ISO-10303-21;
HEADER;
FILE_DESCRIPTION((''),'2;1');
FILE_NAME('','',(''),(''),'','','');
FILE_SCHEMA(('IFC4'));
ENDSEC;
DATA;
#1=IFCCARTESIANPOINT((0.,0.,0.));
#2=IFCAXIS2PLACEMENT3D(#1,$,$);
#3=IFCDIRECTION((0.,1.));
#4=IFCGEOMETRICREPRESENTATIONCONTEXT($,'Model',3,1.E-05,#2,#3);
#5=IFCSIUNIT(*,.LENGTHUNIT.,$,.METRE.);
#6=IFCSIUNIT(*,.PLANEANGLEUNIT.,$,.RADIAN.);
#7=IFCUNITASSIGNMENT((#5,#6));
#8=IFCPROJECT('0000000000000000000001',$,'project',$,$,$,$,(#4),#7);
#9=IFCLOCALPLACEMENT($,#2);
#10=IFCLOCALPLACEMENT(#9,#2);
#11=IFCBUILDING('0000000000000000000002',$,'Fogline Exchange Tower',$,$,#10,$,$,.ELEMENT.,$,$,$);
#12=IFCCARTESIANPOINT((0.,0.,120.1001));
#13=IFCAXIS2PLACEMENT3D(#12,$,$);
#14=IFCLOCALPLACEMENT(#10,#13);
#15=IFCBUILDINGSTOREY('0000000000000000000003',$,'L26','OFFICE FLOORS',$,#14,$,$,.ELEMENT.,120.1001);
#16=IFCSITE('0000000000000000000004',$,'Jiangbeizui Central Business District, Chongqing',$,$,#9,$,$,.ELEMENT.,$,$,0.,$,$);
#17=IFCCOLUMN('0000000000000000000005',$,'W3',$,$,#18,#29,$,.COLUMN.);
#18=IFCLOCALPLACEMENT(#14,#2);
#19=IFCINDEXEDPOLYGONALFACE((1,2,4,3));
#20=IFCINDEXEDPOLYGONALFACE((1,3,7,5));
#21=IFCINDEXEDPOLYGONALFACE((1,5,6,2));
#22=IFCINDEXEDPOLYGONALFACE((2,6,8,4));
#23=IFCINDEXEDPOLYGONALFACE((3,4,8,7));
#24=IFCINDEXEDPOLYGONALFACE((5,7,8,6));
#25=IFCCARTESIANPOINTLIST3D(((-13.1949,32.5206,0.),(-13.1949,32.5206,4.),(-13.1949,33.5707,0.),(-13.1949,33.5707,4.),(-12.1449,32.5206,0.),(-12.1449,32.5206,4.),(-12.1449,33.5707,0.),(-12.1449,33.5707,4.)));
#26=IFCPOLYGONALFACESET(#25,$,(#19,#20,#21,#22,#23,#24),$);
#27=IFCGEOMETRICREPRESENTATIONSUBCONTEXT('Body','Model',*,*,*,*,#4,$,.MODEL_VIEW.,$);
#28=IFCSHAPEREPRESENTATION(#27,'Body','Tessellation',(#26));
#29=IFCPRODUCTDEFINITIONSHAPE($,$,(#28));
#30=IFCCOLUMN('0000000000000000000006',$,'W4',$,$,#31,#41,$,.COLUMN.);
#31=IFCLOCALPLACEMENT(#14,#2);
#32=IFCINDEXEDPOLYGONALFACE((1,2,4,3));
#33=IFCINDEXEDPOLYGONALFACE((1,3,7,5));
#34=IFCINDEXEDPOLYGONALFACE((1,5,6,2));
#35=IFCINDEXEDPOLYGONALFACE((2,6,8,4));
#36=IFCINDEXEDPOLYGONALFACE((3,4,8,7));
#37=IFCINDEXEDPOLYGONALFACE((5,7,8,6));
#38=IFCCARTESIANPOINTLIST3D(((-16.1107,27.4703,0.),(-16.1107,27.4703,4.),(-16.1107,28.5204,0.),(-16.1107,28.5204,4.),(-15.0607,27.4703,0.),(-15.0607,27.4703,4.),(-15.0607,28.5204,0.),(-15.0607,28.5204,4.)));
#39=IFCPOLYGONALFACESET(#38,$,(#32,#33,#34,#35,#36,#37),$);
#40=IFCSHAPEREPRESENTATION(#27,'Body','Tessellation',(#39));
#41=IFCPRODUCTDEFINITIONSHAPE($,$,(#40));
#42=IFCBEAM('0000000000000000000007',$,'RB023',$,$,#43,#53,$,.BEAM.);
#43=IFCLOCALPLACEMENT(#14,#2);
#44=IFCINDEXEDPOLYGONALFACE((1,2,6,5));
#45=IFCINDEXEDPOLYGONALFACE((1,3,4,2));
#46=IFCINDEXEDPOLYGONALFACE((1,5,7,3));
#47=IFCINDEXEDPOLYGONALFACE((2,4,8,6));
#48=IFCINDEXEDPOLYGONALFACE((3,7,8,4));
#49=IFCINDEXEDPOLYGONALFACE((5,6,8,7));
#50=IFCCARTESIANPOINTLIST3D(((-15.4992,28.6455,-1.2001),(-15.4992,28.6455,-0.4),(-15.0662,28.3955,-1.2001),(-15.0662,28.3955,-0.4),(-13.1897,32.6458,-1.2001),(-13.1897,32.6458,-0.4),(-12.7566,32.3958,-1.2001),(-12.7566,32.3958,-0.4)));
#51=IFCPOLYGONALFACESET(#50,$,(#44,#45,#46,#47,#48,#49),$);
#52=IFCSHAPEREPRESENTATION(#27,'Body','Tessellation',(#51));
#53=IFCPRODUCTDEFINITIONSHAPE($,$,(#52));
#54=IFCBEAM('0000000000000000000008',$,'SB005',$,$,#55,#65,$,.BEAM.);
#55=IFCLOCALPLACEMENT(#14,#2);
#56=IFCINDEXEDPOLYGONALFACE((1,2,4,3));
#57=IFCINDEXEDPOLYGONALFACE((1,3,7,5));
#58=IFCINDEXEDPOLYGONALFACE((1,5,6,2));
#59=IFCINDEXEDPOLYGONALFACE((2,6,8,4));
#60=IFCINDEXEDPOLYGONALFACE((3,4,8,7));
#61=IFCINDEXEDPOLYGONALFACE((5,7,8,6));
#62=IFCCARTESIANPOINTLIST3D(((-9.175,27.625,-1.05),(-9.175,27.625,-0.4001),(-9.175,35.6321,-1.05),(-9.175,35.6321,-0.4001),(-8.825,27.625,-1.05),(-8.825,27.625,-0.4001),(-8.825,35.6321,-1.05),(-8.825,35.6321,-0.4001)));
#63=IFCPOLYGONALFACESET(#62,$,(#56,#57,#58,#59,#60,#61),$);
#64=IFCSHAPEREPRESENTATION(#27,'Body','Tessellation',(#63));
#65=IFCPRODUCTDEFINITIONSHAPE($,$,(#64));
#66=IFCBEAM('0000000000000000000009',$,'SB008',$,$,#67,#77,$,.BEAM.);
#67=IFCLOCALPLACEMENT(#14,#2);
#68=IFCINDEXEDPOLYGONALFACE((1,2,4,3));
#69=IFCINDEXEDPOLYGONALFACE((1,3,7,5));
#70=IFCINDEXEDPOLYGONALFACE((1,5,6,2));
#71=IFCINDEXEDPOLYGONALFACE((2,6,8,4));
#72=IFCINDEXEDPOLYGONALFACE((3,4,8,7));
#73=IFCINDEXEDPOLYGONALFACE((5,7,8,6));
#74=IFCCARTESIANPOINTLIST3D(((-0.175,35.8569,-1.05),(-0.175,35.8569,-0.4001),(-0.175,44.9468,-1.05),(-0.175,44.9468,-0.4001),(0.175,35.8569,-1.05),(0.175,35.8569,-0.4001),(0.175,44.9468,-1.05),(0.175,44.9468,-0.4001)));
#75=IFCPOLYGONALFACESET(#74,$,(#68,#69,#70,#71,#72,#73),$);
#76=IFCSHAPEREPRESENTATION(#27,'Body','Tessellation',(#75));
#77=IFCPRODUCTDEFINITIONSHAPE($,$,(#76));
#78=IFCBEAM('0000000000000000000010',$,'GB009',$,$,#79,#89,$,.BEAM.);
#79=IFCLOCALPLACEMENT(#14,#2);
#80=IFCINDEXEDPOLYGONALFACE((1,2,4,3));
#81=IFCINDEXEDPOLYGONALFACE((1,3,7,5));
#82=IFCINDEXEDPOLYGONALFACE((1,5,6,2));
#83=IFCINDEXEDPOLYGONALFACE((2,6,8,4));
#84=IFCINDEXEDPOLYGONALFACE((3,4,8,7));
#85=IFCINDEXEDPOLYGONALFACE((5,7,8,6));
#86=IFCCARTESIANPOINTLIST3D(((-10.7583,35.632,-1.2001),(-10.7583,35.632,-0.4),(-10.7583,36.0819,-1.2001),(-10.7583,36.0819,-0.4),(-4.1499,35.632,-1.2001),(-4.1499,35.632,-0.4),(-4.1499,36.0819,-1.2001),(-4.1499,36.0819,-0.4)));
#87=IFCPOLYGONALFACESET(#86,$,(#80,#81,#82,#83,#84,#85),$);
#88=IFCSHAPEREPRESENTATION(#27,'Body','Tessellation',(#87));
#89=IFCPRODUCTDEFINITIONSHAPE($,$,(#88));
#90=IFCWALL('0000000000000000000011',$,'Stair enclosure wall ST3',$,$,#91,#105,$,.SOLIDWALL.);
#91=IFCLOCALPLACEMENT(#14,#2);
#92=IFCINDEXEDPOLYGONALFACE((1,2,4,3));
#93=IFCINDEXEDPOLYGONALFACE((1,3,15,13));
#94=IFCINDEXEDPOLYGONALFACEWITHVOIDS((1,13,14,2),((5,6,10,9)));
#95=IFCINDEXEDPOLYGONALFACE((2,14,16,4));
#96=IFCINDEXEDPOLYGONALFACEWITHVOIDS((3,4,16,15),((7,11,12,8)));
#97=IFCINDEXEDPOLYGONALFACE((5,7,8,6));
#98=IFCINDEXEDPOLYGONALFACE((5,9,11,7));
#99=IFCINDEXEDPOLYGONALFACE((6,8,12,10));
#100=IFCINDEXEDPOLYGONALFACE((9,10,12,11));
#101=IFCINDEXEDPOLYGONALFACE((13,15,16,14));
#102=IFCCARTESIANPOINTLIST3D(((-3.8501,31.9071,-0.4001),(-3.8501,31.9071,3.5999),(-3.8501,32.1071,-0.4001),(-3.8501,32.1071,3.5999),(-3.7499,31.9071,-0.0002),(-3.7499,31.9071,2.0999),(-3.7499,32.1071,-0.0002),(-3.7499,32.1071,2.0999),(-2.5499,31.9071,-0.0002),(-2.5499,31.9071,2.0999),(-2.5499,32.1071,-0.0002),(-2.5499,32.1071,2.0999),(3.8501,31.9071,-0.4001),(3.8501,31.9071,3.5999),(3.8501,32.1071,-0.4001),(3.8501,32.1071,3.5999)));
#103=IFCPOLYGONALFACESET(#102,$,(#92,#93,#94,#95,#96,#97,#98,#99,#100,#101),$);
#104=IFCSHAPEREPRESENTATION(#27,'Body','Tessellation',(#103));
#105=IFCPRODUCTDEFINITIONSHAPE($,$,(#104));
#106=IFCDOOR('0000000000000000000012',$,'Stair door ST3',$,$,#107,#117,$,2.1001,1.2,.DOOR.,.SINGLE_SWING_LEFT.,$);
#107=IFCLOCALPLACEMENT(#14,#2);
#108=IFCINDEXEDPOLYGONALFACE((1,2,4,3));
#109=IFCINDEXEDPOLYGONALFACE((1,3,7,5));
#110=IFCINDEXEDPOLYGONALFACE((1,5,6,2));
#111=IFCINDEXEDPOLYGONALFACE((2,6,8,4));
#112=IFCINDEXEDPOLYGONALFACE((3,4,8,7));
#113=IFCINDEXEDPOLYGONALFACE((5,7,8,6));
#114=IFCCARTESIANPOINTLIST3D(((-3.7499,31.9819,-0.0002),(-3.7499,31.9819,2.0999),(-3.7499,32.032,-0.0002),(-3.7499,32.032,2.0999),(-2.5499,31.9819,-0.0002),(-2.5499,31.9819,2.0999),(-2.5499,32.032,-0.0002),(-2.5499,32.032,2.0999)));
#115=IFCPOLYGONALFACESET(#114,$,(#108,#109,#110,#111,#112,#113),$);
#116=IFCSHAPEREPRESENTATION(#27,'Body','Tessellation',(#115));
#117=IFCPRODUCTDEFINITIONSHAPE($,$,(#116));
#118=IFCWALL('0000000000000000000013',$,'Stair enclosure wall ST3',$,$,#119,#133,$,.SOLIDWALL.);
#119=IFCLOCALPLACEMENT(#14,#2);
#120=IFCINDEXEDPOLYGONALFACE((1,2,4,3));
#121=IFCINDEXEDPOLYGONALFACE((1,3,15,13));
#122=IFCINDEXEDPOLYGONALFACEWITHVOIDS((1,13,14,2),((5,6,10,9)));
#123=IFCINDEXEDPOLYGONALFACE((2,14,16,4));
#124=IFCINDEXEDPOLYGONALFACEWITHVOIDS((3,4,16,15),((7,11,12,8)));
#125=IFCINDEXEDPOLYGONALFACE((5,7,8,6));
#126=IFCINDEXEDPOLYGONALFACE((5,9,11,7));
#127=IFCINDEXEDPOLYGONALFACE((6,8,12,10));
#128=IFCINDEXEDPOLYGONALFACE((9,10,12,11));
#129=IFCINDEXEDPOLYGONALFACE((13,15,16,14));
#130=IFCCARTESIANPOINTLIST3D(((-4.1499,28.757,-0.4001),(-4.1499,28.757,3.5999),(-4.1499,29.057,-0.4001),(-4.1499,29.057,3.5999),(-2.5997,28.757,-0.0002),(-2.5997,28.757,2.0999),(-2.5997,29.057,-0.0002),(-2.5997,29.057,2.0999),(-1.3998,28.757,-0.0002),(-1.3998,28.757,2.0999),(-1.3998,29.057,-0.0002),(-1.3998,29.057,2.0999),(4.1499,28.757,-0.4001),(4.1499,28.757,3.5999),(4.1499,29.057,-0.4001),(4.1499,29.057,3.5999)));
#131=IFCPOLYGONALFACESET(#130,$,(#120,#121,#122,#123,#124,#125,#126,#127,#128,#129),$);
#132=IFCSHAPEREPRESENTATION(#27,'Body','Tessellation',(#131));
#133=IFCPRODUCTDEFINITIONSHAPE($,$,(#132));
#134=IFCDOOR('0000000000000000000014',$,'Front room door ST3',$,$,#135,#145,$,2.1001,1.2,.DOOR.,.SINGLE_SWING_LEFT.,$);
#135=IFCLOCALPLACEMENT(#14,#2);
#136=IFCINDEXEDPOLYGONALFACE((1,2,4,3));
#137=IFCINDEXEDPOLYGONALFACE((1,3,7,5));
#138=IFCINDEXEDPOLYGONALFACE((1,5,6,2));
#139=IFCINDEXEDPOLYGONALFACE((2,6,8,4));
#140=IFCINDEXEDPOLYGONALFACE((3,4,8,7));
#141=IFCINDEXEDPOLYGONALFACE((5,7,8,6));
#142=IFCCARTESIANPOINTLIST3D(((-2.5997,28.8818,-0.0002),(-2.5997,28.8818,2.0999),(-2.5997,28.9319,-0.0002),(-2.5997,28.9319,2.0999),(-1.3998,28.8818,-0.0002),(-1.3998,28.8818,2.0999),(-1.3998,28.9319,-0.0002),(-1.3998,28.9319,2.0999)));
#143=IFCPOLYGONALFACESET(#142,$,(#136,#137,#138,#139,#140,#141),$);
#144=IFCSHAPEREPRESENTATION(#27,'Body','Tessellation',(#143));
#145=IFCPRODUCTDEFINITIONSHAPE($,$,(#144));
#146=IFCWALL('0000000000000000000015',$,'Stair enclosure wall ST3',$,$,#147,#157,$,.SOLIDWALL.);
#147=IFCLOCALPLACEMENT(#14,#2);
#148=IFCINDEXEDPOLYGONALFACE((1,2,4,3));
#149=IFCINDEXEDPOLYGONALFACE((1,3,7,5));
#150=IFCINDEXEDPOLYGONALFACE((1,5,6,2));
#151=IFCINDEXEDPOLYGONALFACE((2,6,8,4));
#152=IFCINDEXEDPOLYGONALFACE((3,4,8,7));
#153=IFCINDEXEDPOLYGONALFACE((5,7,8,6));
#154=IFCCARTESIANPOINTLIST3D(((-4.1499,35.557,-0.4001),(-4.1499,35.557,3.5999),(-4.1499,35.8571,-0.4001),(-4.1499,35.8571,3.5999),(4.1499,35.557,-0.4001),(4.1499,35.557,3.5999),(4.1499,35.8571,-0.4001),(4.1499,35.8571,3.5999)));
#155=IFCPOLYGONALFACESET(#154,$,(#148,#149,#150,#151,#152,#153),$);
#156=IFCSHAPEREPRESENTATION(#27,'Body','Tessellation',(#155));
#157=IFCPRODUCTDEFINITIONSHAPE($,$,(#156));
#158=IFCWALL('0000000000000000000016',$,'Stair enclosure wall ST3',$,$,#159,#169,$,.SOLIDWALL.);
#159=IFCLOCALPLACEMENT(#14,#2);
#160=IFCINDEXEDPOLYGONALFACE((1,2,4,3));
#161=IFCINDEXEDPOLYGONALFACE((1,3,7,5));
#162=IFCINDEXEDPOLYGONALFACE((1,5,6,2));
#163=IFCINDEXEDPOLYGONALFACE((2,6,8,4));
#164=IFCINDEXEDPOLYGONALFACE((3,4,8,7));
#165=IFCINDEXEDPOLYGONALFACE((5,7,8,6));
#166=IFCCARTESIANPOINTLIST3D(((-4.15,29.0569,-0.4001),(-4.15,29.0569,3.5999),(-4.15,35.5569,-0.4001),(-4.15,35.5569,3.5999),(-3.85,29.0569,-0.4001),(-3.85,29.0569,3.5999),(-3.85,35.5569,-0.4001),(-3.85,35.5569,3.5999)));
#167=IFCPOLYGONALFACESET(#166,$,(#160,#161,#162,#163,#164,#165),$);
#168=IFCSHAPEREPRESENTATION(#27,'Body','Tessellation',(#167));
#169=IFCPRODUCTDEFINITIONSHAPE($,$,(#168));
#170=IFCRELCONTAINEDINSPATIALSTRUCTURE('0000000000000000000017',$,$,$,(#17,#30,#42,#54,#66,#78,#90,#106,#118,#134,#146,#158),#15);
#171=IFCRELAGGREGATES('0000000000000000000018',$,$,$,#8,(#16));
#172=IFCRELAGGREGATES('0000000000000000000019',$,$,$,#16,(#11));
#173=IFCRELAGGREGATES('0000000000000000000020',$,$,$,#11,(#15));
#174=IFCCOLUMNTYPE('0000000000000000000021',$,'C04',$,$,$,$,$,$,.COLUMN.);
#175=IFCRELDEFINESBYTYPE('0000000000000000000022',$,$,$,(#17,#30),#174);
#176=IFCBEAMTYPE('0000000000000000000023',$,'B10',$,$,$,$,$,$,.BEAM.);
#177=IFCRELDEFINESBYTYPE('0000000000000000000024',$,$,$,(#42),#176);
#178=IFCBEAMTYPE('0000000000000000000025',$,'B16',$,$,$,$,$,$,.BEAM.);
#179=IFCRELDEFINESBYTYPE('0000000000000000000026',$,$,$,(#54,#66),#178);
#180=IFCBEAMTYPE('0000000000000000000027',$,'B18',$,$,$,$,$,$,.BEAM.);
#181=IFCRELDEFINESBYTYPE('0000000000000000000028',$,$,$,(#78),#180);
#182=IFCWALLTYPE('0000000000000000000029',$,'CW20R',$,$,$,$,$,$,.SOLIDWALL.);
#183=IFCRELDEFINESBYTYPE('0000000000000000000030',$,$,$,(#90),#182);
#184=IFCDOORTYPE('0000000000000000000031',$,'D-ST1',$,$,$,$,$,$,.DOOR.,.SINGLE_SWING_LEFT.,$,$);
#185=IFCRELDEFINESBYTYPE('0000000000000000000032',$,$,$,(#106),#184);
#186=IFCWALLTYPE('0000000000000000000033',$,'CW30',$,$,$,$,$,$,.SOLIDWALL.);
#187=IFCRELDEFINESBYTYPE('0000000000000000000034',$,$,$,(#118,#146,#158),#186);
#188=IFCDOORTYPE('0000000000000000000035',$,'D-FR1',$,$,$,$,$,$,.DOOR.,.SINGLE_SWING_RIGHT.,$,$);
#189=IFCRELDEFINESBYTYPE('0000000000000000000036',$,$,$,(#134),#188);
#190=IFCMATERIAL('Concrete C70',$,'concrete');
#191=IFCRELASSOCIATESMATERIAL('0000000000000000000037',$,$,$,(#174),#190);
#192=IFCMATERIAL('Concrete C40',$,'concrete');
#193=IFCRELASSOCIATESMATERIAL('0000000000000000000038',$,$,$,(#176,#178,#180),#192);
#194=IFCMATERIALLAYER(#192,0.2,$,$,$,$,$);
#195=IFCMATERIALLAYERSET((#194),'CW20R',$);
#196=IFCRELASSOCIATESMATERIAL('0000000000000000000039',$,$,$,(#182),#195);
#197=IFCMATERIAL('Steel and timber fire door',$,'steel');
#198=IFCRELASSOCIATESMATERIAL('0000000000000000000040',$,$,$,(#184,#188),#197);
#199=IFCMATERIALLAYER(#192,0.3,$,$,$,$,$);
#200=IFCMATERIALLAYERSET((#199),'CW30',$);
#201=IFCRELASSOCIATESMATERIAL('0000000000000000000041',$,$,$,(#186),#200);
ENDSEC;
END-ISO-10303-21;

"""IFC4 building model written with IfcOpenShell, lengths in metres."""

from ifc_helpers import new_model, si_unit, direction, frame, frame_2d, origin, origin_2d, place, context, subcontext, project, spatial, rectangle, extrude, material, layer, layer_set, material_profile, profile_set, type_object, element, fill, save


model = new_model("IFC4")

# Units and contexts
model_context = context("Model", 3, precision=1e-05, world=origin(), true_north=direction((0.0, 1.0)))
body_context = subcontext(model_context, "Body", "Model", "MODEL_VIEW")
ifc_project = project(units=[si_unit("LENGTHUNIT", "METRE"), si_unit("PLANEANGLEUNIT", "RADIAN")], contexts=[model_context])

# Site, building, storey
site_placement = place(None, origin())
site = spatial("IfcSite", under=ifc_project, at=site_placement, Name="Jiangbeizui Central Business District, Chongqing", CompositionType="ELEMENT", RefElevation=0.0)
building_placement = place(site_placement, origin())
building = spatial("IfcBuilding", under=site, at=building_placement, Name="Fogline Exchange Tower", CompositionType="ELEMENT")
storey_placement = place(building_placement, frame((0.0, 0.0, 120.1001)))
storey = spatial("IfcBuildingStorey", under=building, at=storey_placement, Name="L26", Description="OFFICE FLOORS", CompositionType="ELEMENT", Elevation=120.1001)

# Columns
ifc_material_1 = material(Name="Concrete C70", Category="concrete")
ifc_material_profile_1 = material_profile(ifc_material_1, rectangle(XDim=1.05, YDim=1.05, at=origin_2d()), Name="RC 1050x1050")
ifc_profile_set_1 = profile_set([ifc_material_profile_1], Name="Concrete C70")
column_type = type_object("IfcColumnType", Name="C04", PredefinedType="COLUMN", material=ifc_profile_set_1)
for number, where, z_axis, x_axis, name in (
    (1, (-12.6699, 33.0457, 0.0), (0.0, 0.0, 1.0), (1.0, 0.0, 0.0), "W3"),
    (2, (-15.5857, 27.9954, 0.0), (0.0, 0.0, 1.0), (1.0, 0.0, 0.0), "W4"),
):
    element("IfcColumn", number, at=place(storey_placement, frame(where, z_axis=z_axis, x_axis=x_axis)), inside=storey, type_object=column_type, Name=name, PredefinedType="COLUMN", context=body_context, shape_type="SweptSolid", body=[
        extrude(rectangle(XDim=1.05, YDim=1.05, at=origin_2d()), origin(), (0.0, 0.0, 1.0), 4.0),
    ])

# Beams
ifc_material_2 = material(Name="Concrete C40", Category="concrete")
ifc_material_profile_2 = material_profile(ifc_material_2, rectangle(XDim=0.5, YDim=0.8, at=origin_2d()), Name="RC 500x800")
ifc_profile_set_2 = profile_set([ifc_material_profile_2], Name="Concrete C40")
beam_type_1 = type_object("IfcBeamType", Name="B10", PredefinedType="BEAM", material=ifc_profile_set_2)
beam_1_placement = place(storey_placement, frame((-12.9731, 32.5208, -0.8), z_axis=(-0.500005, -0.866023, 0.0), x_axis=(0.866023, -0.500005, 0.0)))
element("IfcBeam", 3, at=beam_1_placement, inside=storey, type_object=beam_type_1, Name="RB023", PredefinedType="BEAM", context=body_context, shape_type="SweptSolid", body=[
    extrude(rectangle(XDim=0.5, YDim=0.8, at=origin_2d()), origin(), (0.0, 0.0, 1.0), 4.6191),
])
ifc_material_profile_3 = material_profile(ifc_material_2, rectangle(XDim=0.3501, YDim=0.6499, at=origin_2d()), Name="RC 350x650")
ifc_profile_set_3 = profile_set([ifc_material_profile_3], Name="Concrete C40")
beam_type_2 = type_object("IfcBeamType", Name="B16", PredefinedType="BEAM", material=ifc_profile_set_3)
beam_2_placement = place(storey_placement, frame((-9.0, 27.625, -0.7251), z_axis=(0.0, 1.0, 0.0), x_axis=(-1.0, 0.0, 0.0)))
element("IfcBeam", 4, at=beam_2_placement, inside=storey, type_object=beam_type_2, Name="SB005", PredefinedType="BEAM", context=body_context, shape_type="SweptSolid", body=[
    extrude(rectangle(XDim=0.3501, YDim=0.6499, at=origin_2d()), origin(), (0.0, 0.0, 1.0), 8.0071),
])
beam_3_placement = place(storey_placement, frame((0.0, 35.8569, -0.7251), z_axis=(0.0, 1.0, 0.0), x_axis=(-1.0, 0.0, 0.0)))
element("IfcBeam", 5, at=beam_3_placement, inside=storey, type_object=beam_type_2, Name="SB008", PredefinedType="BEAM", context=body_context, shape_type="SweptSolid", body=[
    extrude(rectangle(XDim=0.3501, YDim=0.6499, at=origin_2d()), origin(), (0.0, 0.0, 1.0), 9.0898),
])
ifc_material_profile_4 = material_profile(ifc_material_2, rectangle(XDim=0.45, YDim=0.8, at=origin_2d()), Name="RC 450x800")
ifc_profile_set_4 = profile_set([ifc_material_profile_4], Name="Concrete C40")
beam_type_3 = type_object("IfcBeamType", Name="B18", PredefinedType="BEAM", material=ifc_profile_set_4)
beam_4_placement = place(storey_placement, frame((-10.7583, 35.8569, -0.8), z_axis=(1.0, 0.0, 0.0), x_axis=(0.0, 1.0, 0.0)))
element("IfcBeam", 6, at=beam_4_placement, inside=storey, type_object=beam_type_3, Name="GB009", PredefinedType="BEAM", context=body_context, shape_type="SweptSolid", body=[
    extrude(rectangle(XDim=0.45, YDim=0.8, at=origin_2d()), origin(), (0.0, 0.0, 1.0), 6.6084),
])

# Walls, openings, doors
ifc_layer_1 = layer(ifc_material_2, 0.2)
ifc_layer_set_1 = layer_set([ifc_layer_1], Name="CW20R")
wall_type_1 = type_object("IfcWallType", Name="CW20R", PredefinedType="SOLIDWALL", material=ifc_layer_set_1)
wall_1_placement = place(storey_placement, frame((-3.8501, 32.0071, -0.4001), z_axis=(0.0, 0.0, 1.0), x_axis=(1.0, 0.0, 0.0)))
wall_1 = element("IfcWall", 7, at=wall_1_placement, inside=storey, type_object=wall_type_1, Name="Stair enclosure wall ST3", PredefinedType="SOLIDWALL", context=body_context, shape_type="SweptSolid", body=[
    extrude(rectangle(XDim=7.7002, YDim=0.2, at=frame_2d((3.8501, 0.0))), origin(), (0.0, 0.0, 1.0), 4.0),
])
opening_1_placement = place(wall_1_placement, frame((0.1001, 0.0, 0.3999)))
opening_1 = element("IfcOpeningElement", 8, at=opening_1_placement, cuts=wall_1, PredefinedType="OPENING", context=body_context, shape_type="SweptSolid", body=[
    extrude(rectangle(XDim=1.2, YDim=2.1001, at=frame_2d((0.6001, 1.05))), frame((0.0, 0.1099, 0.0), z_axis=(0.0, -1.0, 0.0), x_axis=(1.0, 0.0, 0.0)), (0.0, 0.0, 1.0), 0.22),
])
ifc_material_3 = material(Name="Steel and timber fire door", Category="steel")
door_type_1 = type_object("IfcDoorType", Name="D-ST1", OperationType="SINGLE_SWING_LEFT", PredefinedType="DOOR", material=ifc_material_3)
door_1_placement = place(opening_1_placement, origin())
door_1 = element("IfcDoor", 9, at=door_1_placement, inside=storey, type_object=door_type_1, Name="Stair door ST3", OperationType="SINGLE_SWING_LEFT", OverallHeight=2.1001, OverallWidth=1.2, PredefinedType="DOOR", context=body_context, shape_type="SweptSolid", body=[
    extrude(rectangle(XDim=1.2, YDim=2.1001, at=frame_2d((0.6001, 1.05))), frame((0.0, 0.0249, 0.0), z_axis=(0.0, -1.0, 0.0), x_axis=(1.0, 0.0, 0.0)), (0.0, 0.0, 1.0), 0.05),
])
fill(opening_1, door_1)
ifc_layer_2 = layer(ifc_material_2, 0.3)
ifc_layer_set_2 = layer_set([ifc_layer_2], Name="CW30")
wall_type_2 = type_object("IfcWallType", Name="CW30", PredefinedType="SOLIDWALL", material=ifc_layer_set_2)
wall_2_placement = place(storey_placement, frame((-4.1499, 28.907, -0.4001), z_axis=(0.0, 0.0, 1.0), x_axis=(1.0, 0.0, 0.0)))
wall_2 = element("IfcWall", 10, at=wall_2_placement, inside=storey, type_object=wall_type_2, Name="Stair enclosure wall ST3", PredefinedType="SOLIDWALL", context=body_context, shape_type="SweptSolid", body=[
    extrude(rectangle(XDim=8.2998, YDim=0.3, at=frame_2d((4.1499, 0.0))), origin(), (0.0, 0.0, 1.0), 4.0),
])
opening_2_placement = place(wall_2_placement, frame((1.55, 0.0, 0.3999)))
opening_2 = element("IfcOpeningElement", 11, at=opening_2_placement, cuts=wall_2, PredefinedType="OPENING", context=body_context, shape_type="SweptSolid", body=[
    extrude(rectangle(XDim=1.2, YDim=2.1001, at=frame_2d((0.6001, 1.05))), frame((0.0, 0.1602, 0.0), z_axis=(0.0, -1.0, 0.0), x_axis=(1.0, 0.0, 0.0)), (0.0, 0.0, 1.0), 0.3201),
])
door_type_2 = type_object("IfcDoorType", Name="D-FR1", OperationType="SINGLE_SWING_RIGHT", PredefinedType="DOOR", material=ifc_material_3)
door_2_placement = place(opening_2_placement, origin())
door_2 = element("IfcDoor", 12, at=door_2_placement, inside=storey, type_object=door_type_2, Name="Front room door ST3", OperationType="SINGLE_SWING_LEFT", OverallHeight=2.1001, OverallWidth=1.2, PredefinedType="DOOR", context=body_context, shape_type="SweptSolid", body=[
    extrude(rectangle(XDim=1.2, YDim=2.1001, at=frame_2d((0.6001, 1.05))), frame((0.0, 0.0249, 0.0), z_axis=(0.0, -1.0, 0.0), x_axis=(1.0, 0.0, 0.0)), (0.0, 0.0, 1.0), 0.05),
])
fill(opening_2, door_2)

# Walls
wall_3_placement = place(storey_placement, frame((-4.1499, 35.707, -0.4001), z_axis=(0.0, 0.0, 1.0), x_axis=(1.0, 0.0, 0.0)))
element("IfcWall", 13, at=wall_3_placement, inside=storey, type_object=wall_type_2, Name="Stair enclosure wall ST3", PredefinedType="SOLIDWALL", context=body_context, shape_type="SweptSolid", body=[
    extrude(rectangle(XDim=8.2998, YDim=0.3, at=frame_2d((4.1499, 0.0))), origin(), (0.0, 0.0, 1.0), 4.0),
])
wall_4_placement = place(storey_placement, frame((-4.0, 29.0569, -0.4001), z_axis=(0.0, 0.0, 1.0), x_axis=(0.0, 1.0, 0.0)))
element("IfcWall", 14, at=wall_4_placement, inside=storey, type_object=wall_type_2, Name="Stair enclosure wall ST3", PredefinedType="SOLIDWALL", context=body_context, shape_type="SweptSolid", body=[
    extrude(rectangle(XDim=6.5, YDim=0.3, at=frame_2d((3.25, 0.0))), origin(), (0.0, 0.0, 1.0), 4.0),
])

save(model, "model.ifc")
